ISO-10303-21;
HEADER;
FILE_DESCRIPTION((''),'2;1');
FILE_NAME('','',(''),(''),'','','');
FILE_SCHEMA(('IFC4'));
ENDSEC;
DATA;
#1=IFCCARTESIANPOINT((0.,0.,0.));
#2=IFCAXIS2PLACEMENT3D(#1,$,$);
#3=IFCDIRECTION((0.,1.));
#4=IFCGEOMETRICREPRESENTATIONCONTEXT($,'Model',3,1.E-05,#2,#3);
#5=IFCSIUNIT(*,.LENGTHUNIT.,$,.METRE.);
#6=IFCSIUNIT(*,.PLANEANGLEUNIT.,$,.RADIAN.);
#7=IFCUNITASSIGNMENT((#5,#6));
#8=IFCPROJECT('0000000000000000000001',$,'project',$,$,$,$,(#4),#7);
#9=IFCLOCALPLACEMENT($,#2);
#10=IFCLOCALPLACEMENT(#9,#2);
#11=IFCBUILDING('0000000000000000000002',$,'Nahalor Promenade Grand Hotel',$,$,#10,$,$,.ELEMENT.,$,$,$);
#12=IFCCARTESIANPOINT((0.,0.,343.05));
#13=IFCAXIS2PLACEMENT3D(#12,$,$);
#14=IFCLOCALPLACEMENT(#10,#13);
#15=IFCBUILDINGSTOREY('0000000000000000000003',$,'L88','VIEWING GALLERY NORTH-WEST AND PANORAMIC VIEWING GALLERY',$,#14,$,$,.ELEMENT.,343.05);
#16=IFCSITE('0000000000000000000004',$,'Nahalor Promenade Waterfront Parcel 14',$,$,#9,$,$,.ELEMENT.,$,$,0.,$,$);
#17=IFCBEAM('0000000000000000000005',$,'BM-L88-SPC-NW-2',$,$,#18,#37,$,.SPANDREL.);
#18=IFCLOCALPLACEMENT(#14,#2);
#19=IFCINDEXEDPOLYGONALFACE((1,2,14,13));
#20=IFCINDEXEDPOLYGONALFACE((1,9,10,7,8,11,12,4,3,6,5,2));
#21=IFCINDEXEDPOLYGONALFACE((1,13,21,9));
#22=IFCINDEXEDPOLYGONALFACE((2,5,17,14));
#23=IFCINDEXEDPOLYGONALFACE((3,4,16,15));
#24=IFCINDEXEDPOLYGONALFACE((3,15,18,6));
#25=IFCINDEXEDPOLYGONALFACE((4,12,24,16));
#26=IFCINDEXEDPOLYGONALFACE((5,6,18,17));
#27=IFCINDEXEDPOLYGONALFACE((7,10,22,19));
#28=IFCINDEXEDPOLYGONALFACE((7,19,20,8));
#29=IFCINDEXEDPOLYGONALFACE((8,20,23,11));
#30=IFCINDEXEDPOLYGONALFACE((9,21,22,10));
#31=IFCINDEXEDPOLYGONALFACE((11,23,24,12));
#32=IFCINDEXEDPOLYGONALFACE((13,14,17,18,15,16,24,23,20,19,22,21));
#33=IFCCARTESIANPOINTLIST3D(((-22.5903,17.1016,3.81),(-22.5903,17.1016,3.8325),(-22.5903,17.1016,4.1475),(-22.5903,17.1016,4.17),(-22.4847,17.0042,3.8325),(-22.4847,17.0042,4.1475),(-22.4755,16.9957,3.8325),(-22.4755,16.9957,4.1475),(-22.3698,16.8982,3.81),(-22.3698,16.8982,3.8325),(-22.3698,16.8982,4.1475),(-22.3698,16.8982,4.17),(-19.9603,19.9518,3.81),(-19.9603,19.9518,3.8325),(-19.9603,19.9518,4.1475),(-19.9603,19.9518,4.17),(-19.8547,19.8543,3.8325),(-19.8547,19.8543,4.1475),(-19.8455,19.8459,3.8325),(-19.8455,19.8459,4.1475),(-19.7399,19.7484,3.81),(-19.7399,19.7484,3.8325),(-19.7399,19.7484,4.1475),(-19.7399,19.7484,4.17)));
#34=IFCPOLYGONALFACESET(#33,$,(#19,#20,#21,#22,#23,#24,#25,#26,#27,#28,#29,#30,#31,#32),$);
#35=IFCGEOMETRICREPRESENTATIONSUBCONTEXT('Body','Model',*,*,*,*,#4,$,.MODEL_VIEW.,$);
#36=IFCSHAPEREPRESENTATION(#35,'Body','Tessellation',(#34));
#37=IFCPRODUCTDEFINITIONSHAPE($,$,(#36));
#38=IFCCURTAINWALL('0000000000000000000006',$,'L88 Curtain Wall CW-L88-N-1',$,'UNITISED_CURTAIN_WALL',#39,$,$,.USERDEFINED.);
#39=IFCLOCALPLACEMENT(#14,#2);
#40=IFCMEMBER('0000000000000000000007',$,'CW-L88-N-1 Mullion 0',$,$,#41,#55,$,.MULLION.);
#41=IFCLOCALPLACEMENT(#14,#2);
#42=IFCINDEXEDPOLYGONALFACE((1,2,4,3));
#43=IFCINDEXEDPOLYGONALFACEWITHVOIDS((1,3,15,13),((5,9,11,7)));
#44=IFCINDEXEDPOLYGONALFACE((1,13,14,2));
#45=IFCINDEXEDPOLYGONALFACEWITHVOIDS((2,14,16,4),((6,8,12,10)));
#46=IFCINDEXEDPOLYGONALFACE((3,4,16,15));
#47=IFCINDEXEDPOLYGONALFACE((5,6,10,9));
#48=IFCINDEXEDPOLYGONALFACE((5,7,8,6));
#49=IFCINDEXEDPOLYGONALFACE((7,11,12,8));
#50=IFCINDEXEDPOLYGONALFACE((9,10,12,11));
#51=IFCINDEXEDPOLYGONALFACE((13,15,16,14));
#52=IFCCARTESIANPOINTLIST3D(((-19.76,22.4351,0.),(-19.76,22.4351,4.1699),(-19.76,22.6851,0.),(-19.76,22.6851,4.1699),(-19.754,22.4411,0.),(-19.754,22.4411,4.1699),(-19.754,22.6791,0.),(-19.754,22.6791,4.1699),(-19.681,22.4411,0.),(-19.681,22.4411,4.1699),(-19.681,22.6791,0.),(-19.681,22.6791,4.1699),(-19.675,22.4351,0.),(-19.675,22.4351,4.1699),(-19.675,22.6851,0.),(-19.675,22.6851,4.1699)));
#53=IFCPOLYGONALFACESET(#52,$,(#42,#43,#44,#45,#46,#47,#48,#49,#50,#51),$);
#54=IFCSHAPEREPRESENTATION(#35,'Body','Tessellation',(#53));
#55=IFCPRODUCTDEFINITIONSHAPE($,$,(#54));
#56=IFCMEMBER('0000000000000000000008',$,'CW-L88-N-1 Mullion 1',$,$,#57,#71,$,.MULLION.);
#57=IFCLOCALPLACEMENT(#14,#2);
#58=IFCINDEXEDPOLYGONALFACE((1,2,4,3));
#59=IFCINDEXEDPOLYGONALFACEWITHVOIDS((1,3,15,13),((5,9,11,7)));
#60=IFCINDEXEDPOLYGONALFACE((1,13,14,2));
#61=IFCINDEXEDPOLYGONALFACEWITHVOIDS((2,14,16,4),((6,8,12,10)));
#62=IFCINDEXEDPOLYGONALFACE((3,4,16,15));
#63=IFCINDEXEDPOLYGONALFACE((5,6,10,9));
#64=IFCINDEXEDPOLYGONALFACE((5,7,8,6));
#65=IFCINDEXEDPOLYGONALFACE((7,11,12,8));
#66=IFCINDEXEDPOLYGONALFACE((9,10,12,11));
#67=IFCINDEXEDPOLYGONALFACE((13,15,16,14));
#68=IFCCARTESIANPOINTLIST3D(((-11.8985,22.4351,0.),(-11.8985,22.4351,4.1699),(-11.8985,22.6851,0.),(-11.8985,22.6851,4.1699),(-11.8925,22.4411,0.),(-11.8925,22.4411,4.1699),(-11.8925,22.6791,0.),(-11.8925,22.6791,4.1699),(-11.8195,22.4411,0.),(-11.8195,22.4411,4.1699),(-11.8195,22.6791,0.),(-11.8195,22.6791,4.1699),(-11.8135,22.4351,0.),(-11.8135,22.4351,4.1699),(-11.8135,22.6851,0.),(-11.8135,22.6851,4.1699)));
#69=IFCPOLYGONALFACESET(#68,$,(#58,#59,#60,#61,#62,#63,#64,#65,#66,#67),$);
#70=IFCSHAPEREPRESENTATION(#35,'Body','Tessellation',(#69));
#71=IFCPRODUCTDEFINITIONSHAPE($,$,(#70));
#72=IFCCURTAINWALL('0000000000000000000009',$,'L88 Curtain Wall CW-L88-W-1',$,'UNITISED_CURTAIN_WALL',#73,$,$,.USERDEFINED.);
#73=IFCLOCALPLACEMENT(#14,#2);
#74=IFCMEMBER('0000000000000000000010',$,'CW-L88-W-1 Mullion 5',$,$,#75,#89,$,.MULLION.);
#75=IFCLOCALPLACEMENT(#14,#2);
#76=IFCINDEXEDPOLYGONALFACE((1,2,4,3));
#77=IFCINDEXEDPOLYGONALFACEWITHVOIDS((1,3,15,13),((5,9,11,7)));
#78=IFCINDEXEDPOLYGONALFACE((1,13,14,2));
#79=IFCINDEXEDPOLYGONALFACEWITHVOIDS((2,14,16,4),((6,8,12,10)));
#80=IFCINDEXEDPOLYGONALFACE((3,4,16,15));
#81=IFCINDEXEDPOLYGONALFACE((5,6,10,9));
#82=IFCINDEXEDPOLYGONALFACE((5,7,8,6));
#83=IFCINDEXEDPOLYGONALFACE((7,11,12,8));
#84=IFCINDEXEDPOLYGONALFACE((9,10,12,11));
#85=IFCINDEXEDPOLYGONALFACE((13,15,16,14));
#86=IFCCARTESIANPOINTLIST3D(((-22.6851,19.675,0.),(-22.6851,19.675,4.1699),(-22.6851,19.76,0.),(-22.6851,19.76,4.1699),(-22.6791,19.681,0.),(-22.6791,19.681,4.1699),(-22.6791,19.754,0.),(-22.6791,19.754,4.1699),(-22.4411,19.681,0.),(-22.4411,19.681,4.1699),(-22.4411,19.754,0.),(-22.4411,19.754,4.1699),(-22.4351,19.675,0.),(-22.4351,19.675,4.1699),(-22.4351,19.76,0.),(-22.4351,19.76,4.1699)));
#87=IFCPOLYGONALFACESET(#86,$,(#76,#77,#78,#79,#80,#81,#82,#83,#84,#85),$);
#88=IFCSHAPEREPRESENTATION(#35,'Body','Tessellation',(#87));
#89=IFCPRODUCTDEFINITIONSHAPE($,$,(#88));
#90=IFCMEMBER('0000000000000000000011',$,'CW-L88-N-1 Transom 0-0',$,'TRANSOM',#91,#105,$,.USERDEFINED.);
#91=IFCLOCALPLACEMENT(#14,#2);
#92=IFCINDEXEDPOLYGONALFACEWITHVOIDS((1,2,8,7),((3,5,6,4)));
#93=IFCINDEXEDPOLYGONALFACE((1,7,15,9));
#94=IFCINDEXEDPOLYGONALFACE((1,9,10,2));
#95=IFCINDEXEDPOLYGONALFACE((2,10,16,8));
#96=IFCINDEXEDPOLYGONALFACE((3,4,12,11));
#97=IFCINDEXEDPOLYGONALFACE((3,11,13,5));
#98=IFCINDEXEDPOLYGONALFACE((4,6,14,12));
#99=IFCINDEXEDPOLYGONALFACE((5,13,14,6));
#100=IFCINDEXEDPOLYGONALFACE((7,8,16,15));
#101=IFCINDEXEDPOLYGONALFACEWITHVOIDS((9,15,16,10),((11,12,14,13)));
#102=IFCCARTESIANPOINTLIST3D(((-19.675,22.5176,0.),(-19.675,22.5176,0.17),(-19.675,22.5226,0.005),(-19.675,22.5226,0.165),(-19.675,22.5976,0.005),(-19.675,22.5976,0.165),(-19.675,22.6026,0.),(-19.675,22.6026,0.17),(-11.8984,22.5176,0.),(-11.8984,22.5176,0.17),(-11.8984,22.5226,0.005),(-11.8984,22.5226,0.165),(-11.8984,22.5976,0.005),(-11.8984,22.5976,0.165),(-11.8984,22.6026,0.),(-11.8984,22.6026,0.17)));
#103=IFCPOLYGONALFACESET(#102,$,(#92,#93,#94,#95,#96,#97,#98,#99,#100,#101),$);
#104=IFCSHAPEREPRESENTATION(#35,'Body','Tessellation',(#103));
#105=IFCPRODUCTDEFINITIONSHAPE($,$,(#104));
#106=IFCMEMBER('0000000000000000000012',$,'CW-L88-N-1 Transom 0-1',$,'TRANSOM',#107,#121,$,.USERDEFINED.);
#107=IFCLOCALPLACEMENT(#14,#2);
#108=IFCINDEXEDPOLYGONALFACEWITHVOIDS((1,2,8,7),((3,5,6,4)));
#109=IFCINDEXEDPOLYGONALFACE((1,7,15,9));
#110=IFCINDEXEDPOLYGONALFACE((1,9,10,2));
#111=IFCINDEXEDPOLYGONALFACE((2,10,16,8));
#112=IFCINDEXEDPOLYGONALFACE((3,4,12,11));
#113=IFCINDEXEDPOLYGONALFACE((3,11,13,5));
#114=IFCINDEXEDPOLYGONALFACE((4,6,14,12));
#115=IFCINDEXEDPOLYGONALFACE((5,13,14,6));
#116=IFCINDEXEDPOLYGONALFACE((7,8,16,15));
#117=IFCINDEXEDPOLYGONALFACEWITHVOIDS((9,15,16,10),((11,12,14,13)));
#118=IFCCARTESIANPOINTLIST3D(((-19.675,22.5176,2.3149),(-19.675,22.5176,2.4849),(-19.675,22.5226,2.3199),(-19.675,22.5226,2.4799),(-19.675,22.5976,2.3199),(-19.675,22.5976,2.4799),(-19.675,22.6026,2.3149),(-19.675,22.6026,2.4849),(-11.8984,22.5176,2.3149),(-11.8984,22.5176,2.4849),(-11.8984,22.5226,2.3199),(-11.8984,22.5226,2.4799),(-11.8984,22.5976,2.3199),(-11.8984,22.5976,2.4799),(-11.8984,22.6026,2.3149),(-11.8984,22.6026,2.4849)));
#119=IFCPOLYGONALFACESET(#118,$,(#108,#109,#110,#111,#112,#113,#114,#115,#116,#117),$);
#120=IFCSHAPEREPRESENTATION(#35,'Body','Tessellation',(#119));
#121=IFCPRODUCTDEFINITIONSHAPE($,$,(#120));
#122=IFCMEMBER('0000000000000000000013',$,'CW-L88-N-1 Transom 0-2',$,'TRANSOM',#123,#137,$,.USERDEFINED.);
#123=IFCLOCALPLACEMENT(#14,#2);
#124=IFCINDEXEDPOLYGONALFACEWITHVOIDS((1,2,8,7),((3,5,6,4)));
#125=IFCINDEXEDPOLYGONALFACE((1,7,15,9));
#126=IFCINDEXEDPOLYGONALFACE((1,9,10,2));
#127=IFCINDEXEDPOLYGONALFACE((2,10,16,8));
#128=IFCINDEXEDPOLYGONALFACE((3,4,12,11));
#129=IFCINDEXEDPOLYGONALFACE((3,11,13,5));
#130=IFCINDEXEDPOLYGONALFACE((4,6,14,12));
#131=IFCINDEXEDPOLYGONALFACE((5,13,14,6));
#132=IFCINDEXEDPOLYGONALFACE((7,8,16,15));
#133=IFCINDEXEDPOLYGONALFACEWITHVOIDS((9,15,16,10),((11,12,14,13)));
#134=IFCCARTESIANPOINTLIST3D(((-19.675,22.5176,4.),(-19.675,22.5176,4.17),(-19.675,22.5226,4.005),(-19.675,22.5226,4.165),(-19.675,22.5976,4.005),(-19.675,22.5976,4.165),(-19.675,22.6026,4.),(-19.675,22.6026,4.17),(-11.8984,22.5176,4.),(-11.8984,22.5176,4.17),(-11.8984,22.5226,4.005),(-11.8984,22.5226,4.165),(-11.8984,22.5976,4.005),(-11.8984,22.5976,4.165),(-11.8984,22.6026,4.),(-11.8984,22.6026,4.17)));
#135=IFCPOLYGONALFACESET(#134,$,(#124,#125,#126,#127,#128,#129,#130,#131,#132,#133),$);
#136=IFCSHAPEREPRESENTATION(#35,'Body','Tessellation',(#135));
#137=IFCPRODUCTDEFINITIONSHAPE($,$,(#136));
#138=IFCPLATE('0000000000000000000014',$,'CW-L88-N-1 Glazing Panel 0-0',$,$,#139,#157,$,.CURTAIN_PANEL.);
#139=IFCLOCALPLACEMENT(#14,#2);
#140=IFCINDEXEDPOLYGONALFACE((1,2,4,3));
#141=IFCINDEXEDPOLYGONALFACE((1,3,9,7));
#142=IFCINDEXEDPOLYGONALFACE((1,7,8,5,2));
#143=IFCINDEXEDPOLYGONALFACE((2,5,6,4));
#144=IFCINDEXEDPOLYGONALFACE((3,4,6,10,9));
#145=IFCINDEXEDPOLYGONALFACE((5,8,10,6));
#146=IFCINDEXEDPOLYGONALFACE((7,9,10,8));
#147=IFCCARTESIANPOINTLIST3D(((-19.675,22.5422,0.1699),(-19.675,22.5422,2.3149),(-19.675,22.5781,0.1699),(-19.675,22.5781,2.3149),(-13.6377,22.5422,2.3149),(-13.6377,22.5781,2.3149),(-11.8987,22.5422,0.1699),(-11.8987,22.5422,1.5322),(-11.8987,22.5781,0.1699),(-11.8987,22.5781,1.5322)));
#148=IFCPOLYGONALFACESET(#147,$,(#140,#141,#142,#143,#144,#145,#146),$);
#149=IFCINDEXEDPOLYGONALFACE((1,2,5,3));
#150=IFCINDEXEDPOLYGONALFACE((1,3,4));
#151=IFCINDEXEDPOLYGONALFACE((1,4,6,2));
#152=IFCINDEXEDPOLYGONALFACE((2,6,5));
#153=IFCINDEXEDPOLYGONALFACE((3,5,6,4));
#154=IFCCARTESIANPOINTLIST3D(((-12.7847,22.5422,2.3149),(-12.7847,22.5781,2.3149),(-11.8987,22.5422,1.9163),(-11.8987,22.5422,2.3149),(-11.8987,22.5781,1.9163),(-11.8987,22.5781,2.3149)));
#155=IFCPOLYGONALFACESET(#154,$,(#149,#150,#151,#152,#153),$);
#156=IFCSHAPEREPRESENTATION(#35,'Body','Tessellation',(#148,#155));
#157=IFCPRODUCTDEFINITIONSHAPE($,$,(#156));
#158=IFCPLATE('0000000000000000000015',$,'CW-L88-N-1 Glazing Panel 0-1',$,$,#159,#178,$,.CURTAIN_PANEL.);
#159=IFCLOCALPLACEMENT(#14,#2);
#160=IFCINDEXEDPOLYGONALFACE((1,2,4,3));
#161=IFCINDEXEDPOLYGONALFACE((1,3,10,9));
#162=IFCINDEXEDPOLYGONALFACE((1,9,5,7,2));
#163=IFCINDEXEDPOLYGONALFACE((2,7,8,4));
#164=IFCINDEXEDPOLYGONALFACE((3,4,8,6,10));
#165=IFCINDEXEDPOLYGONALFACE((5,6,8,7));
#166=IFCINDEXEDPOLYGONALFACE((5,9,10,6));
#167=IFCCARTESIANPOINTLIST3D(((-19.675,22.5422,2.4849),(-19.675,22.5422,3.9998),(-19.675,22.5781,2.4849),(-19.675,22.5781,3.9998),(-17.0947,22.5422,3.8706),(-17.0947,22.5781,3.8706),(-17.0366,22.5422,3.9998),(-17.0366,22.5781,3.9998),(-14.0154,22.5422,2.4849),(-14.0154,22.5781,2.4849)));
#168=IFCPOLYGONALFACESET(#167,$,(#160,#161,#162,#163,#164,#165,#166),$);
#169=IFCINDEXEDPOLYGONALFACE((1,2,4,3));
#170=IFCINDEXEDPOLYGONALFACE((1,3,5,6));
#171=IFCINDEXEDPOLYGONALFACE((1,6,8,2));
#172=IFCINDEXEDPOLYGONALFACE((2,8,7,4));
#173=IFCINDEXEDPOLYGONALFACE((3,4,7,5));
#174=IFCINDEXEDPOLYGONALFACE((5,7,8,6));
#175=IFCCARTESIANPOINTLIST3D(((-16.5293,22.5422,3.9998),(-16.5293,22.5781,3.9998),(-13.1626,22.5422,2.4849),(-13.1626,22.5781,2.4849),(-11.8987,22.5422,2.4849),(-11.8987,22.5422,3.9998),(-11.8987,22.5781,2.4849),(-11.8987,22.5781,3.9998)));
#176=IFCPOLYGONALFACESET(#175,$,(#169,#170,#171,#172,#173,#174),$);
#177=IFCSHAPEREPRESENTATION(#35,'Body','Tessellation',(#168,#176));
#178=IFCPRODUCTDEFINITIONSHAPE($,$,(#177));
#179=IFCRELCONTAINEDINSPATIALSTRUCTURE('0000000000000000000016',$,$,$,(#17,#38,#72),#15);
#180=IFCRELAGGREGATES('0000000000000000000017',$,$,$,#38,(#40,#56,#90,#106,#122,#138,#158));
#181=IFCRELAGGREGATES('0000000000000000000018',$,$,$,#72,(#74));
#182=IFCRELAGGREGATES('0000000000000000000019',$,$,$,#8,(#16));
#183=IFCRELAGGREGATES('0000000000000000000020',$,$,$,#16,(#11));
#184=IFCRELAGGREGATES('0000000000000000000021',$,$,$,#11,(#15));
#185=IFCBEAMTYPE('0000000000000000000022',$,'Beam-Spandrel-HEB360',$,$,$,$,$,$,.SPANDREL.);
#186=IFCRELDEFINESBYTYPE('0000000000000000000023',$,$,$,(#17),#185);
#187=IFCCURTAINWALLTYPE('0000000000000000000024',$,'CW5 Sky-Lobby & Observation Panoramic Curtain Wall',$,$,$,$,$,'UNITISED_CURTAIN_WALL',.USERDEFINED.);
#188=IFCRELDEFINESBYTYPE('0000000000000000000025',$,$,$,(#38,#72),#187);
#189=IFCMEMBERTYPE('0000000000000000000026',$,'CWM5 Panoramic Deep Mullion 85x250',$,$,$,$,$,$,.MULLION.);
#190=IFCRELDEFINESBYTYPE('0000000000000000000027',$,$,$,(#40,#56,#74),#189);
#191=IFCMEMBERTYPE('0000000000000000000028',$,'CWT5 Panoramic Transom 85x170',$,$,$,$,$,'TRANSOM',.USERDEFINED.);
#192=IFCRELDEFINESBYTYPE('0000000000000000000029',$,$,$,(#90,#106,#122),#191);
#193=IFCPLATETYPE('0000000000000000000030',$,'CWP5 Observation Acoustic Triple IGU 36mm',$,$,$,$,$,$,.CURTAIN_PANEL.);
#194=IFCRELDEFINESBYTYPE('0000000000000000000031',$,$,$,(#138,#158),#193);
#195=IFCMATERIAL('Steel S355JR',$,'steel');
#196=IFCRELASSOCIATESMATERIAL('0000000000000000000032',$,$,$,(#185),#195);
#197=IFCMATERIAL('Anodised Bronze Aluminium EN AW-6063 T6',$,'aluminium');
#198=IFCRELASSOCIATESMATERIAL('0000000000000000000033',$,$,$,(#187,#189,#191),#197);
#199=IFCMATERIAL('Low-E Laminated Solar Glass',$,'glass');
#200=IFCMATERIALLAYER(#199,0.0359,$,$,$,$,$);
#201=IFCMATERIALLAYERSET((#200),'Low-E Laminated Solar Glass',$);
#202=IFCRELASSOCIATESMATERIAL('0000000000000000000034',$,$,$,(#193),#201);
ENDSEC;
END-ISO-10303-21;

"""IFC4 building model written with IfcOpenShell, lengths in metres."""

from ifc_helpers import new_model, si_unit, direction, frame, origin, origin_2d, place, context, subcontext, project, spatial, polyline, hollow_rectangle, i_section, outline, extrude, source, transform, mapped, material, layer, layer_set, material_profile, profile_set, type_object, element, aggregate, save


model = new_model("IFC4")

# Units and contexts
model_context = context("Model", 3, precision=1e-05, world=origin(), true_north=direction((0.0, 1.0)))
body_context = subcontext(model_context, "Body", "Model", "MODEL_VIEW")
ifc_project = project(units=[si_unit("LENGTHUNIT", "METRE"), si_unit("PLANEANGLEUNIT", "RADIAN")], contexts=[model_context])

# Site, building, storey
site_placement = place(None, origin())
site = spatial("IfcSite", under=ifc_project, at=site_placement, Name="Nahalor Promenade Waterfront Parcel 14", CompositionType="ELEMENT", RefElevation=0.0)
building_placement = place(site_placement, origin())
building = spatial("IfcBuilding", under=site, at=building_placement, Name="Nahalor Promenade Grand Hotel", CompositionType="ELEMENT")
storey_placement = place(building_placement, frame((0.0, 0.0, 343.05)))
storey = spatial("IfcBuildingStorey", under=building, at=storey_placement, Name="L88", Description="VIEWING GALLERY NORTH-WEST AND PANORAMIC VIEWING GALLERY", CompositionType="ELEMENT", Elevation=343.05)

# Shared definitions
ifc_material_1 = material(Name="Steel S355JR", Category="steel")

# Beam
ifc_material_profile_1 = material_profile(ifc_material_1, i_section(OverallWidth=0.3, OverallDepth=0.36, WebThickness=0.0125, FlangeThickness=0.0225, at=origin_2d()), Name="HEB 360")
ifc_profile_set_1 = profile_set([ifc_material_profile_1], Name="Steel S355JR")
beam_type_1 = type_object("IfcBeamType", Name="Beam-Spandrel-HEB360", PredefinedType="SPANDREL", material=ifc_profile_set_1)
shared_shape_1 = source(origin(), body_context, "Body", "SweptSolid", [
    extrude(i_section(OverallWidth=0.3, OverallDepth=0.36, WebThickness=0.0125, FlangeThickness=0.0225, at=origin_2d()), origin(), (0.0, 0.0, 1.0), 3.8782),
])
for number, where, z_axis, x_axis, name in (
    (1, (-19.8501, 19.8501, 3.99), (-0.678144, -0.734929, 0.0), (0.734929, -0.678144, 0.0), "BM-L88-SPC-NW-2"),
):
    element("IfcBeam", number, at=place(storey_placement, frame(where, z_axis=z_axis, x_axis=x_axis)), inside=storey, type_object=beam_type_1, Name=name, PredefinedType="SPANDREL", context=body_context, shape_type="MappedRepresentation", body=[
        mapped(shared_shape_1, transform((0.0, 0.0, 0.0), scale=1.0)),
    ])

# Curtain wall, members
ifc_material_2 = material(Name="Anodised Bronze Aluminium EN AW-6063 T6", Category="aluminium")
curtain_wall_type = type_object("IfcCurtainWallType", Name="CW5 Sky-Lobby & Observation Panoramic Curtain Wall", ElementType="UNITISED_CURTAIN_WALL", PredefinedType="USERDEFINED", material=ifc_material_2)
curtain_wall_1_placement = place(storey_placement, origin())
curtain_wall_1 = element("IfcCurtainWall", 2, at=curtain_wall_1_placement, inside=storey, type_object=curtain_wall_type, Name="L88 Curtain Wall CW-L88-N-1", ObjectType="UNITISED_CURTAIN_WALL", PredefinedType="USERDEFINED")
ifc_material_profile_2 = material_profile(ifc_material_2, hollow_rectangle(XDim=0.085, YDim=0.25, WallThickness=0.006, at=origin_2d()), Name="CWM 85x250x6")
ifc_profile_set_2 = profile_set([ifc_material_profile_2], Name="Anodised Bronze Aluminium EN AW-6063 T6")
member_type_1 = type_object("IfcMemberType", Name="CWM5 Panoramic Deep Mullion 85x250", PredefinedType="MULLION", material=ifc_profile_set_2)
shared_shape_2 = source(origin(), body_context, "Body", "SweptSolid", [
    extrude(hollow_rectangle(XDim=0.085, YDim=0.25, WallThickness=0.006, at=origin_2d()), origin(), (0.0, 0.0, 1.0), 4.1699),
])
member_1_placement = place(storey_placement, frame((-19.7175, 22.5601, 0.0), z_axis=(0.0, 0.0, 1.0), x_axis=(1.0, 0.0, 0.0)))
member_1 = element("IfcMember", 3, at=member_1_placement, type_object=member_type_1, Name="CW-L88-N-1 Mullion 0", PredefinedType="MULLION", context=body_context, shape_type="MappedRepresentation", body=[
    mapped(shared_shape_2, transform((0.0, 0.0, 0.0), scale=1.0)),
])
member_2_placement = place(storey_placement, frame((-11.856, 22.5601, 0.0), z_axis=(0.0, 0.0, 1.0), x_axis=(1.0, 0.0, 0.0)))
member_2 = element("IfcMember", 4, at=member_2_placement, type_object=member_type_1, Name="CW-L88-N-1 Mullion 1", PredefinedType="MULLION", context=body_context, shape_type="MappedRepresentation", body=[
    mapped(shared_shape_2, transform((0.0, 0.0, 0.0), scale=1.0)),
])

# Curtain wall, member
curtain_wall_2_placement = place(storey_placement, origin())
curtain_wall_2 = element("IfcCurtainWall", 5, at=curtain_wall_2_placement, inside=storey, type_object=curtain_wall_type, Name="L88 Curtain Wall CW-L88-W-1", ObjectType="UNITISED_CURTAIN_WALL", PredefinedType="USERDEFINED")
member_3_placement = place(storey_placement, frame((-22.5601, 19.7175, 0.0), z_axis=(0.0, 0.0, 1.0), x_axis=(0.0, 1.0, 0.0)))
member_3 = element("IfcMember", 6, at=member_3_placement, type_object=member_type_1, Name="CW-L88-W-1 Mullion 5", PredefinedType="MULLION", context=body_context, shape_type="MappedRepresentation", body=[
    mapped(shared_shape_2, transform((0.0, 0.0, 0.0), scale=1.0)),
])

# Members
ifc_material_profile_3 = material_profile(ifc_material_2, hollow_rectangle(XDim=0.085, YDim=0.17, WallThickness=0.005, at=origin_2d()), Name="CWT 85x170x5")
ifc_profile_set_3 = profile_set([ifc_material_profile_3], Name="Anodised Bronze Aluminium EN AW-6063 T6")
member_type_2 = type_object("IfcMemberType", Name="CWT5 Panoramic Transom 85x170", ElementType="TRANSOM", PredefinedType="USERDEFINED", material=ifc_profile_set_3)
shared_shape_3 = source(origin(), body_context, "Body", "SweptSolid", [
    extrude(hollow_rectangle(XDim=0.085, YDim=0.17, WallThickness=0.005, at=origin_2d()), origin(), (0.0, 0.0, 1.0), 7.7766),
])
member_4_placement = place(storey_placement, frame((-19.675, 22.5601, 0.085), z_axis=(1.0, 0.0, 0.0), x_axis=(0.0, 1.0, 0.0)))
member_4 = element("IfcMember", 7, at=member_4_placement, type_object=member_type_2, Name="CW-L88-N-1 Transom 0-0", ObjectType="TRANSOM", PredefinedType="USERDEFINED", context=body_context, shape_type="MappedRepresentation", body=[
    mapped(shared_shape_3, transform((0.0, 0.0, 0.0), scale=1.0)),
])
member_5_placement = place(storey_placement, frame((-19.675, 22.5601, 2.3999), z_axis=(1.0, 0.0, 0.0), x_axis=(0.0, 1.0, 0.0)))
member_5 = element("IfcMember", 8, at=member_5_placement, type_object=member_type_2, Name="CW-L88-N-1 Transom 0-1", ObjectType="TRANSOM", PredefinedType="USERDEFINED", context=body_context, shape_type="MappedRepresentation", body=[
    mapped(shared_shape_3, transform((0.0, 0.0, 0.0), scale=1.0)),
])
member_6_placement = place(storey_placement, frame((-19.675, 22.5601, 4.085), z_axis=(1.0, 0.0, 0.0), x_axis=(0.0, 1.0, 0.0)))
member_6 = element("IfcMember", 9, at=member_6_placement, type_object=member_type_2, Name="CW-L88-N-1 Transom 0-2", ObjectType="TRANSOM", PredefinedType="USERDEFINED", context=body_context, shape_type="MappedRepresentation", body=[
    mapped(shared_shape_3, transform((0.0, 0.0, 0.0), scale=1.0)),
])

# Plates
ifc_material_3 = material(Name="Low-E Laminated Solar Glass", Category="glass")
ifc_layer_1 = layer(ifc_material_3, 0.0359)
ifc_layer_set_1 = layer_set([ifc_layer_1], Name="Low-E Laminated Solar Glass")
plate_type_1 = type_object("IfcPlateType", Name="CWP5 Observation Acoustic Triple IGU 36mm", PredefinedType="CURTAIN_PANEL", material=ifc_layer_set_1)
plate_1_placement = place(storey_placement, frame((-15.7869, 22.5601, 0.1699), z_axis=(0.0, 0.0, 1.0), x_axis=(1.0, 0.0, 0.0)))
plate_1 = element("IfcPlate", 10, at=plate_1_placement, type_object=plate_type_1, Name="CW-L88-N-1 Glazing Panel 0-0", PredefinedType="CURTAIN_PANEL", context=body_context, shape_type="SweptSolid", body=[
    extrude(outline(polyline([(-3.8882, 0.0), (3.8882, 0.0), (3.8882, 1.3623), (2.1492, 2.145), (-3.8882, 2.145), (-3.8882, 0.0)])), frame((0.0, 0.0181, 0.0), z_axis=(0.0, -1.0, 0.0), x_axis=(1.0, 0.0, 0.0)), (0.0, 0.0, 1.0), 0.0359),
    extrude(outline(polyline([(3.8882, 1.7463), (3.8882, 2.145), (3.0022, 2.145), (3.8882, 1.7463)])), frame((0.0, 0.0181, 0.0), z_axis=(0.0, -1.0, 0.0), x_axis=(1.0, 0.0, 0.0)), (0.0, 0.0, 1.0), 0.0359),
])
plate_2_placement = place(storey_placement, frame((-15.7869, 22.5601, 2.4849), z_axis=(0.0, 0.0, 1.0), x_axis=(1.0, 0.0, 0.0)))
plate_2 = element("IfcPlate", 11, at=plate_2_placement, type_object=plate_type_1, Name="CW-L88-N-1 Glazing Panel 0-1", PredefinedType="CURTAIN_PANEL", context=body_context, shape_type="SweptSolid", body=[
    extrude(outline(polyline([(-3.8882, 1.5149), (-3.8882, 0.0), (1.7715, 0.0), (-1.3079, 1.3857), (-1.2498, 1.5149), (-3.8882, 1.5149)])), frame((0.0, 0.0181, 0.0), z_axis=(0.0, -1.0, 0.0), x_axis=(1.0, 0.0, 0.0)), (0.0, 0.0, 1.0), 0.0359),
    extrude(outline(polyline([(3.8882, 0.0), (3.8882, 1.5149), (-0.7424, 1.5149), (2.6243, 0.0), (3.8882, 0.0)])), frame((0.0, 0.0181, 0.0), z_axis=(0.0, -1.0, 0.0), x_axis=(1.0, 0.0, 0.0)), (0.0, 0.0, 1.0), 0.0359),
])
aggregate(curtain_wall_1, [member_1, member_2, member_4, member_5, member_6, plate_1, plate_2])
aggregate(curtain_wall_2, [member_3])

save(model, "model.ifc")
